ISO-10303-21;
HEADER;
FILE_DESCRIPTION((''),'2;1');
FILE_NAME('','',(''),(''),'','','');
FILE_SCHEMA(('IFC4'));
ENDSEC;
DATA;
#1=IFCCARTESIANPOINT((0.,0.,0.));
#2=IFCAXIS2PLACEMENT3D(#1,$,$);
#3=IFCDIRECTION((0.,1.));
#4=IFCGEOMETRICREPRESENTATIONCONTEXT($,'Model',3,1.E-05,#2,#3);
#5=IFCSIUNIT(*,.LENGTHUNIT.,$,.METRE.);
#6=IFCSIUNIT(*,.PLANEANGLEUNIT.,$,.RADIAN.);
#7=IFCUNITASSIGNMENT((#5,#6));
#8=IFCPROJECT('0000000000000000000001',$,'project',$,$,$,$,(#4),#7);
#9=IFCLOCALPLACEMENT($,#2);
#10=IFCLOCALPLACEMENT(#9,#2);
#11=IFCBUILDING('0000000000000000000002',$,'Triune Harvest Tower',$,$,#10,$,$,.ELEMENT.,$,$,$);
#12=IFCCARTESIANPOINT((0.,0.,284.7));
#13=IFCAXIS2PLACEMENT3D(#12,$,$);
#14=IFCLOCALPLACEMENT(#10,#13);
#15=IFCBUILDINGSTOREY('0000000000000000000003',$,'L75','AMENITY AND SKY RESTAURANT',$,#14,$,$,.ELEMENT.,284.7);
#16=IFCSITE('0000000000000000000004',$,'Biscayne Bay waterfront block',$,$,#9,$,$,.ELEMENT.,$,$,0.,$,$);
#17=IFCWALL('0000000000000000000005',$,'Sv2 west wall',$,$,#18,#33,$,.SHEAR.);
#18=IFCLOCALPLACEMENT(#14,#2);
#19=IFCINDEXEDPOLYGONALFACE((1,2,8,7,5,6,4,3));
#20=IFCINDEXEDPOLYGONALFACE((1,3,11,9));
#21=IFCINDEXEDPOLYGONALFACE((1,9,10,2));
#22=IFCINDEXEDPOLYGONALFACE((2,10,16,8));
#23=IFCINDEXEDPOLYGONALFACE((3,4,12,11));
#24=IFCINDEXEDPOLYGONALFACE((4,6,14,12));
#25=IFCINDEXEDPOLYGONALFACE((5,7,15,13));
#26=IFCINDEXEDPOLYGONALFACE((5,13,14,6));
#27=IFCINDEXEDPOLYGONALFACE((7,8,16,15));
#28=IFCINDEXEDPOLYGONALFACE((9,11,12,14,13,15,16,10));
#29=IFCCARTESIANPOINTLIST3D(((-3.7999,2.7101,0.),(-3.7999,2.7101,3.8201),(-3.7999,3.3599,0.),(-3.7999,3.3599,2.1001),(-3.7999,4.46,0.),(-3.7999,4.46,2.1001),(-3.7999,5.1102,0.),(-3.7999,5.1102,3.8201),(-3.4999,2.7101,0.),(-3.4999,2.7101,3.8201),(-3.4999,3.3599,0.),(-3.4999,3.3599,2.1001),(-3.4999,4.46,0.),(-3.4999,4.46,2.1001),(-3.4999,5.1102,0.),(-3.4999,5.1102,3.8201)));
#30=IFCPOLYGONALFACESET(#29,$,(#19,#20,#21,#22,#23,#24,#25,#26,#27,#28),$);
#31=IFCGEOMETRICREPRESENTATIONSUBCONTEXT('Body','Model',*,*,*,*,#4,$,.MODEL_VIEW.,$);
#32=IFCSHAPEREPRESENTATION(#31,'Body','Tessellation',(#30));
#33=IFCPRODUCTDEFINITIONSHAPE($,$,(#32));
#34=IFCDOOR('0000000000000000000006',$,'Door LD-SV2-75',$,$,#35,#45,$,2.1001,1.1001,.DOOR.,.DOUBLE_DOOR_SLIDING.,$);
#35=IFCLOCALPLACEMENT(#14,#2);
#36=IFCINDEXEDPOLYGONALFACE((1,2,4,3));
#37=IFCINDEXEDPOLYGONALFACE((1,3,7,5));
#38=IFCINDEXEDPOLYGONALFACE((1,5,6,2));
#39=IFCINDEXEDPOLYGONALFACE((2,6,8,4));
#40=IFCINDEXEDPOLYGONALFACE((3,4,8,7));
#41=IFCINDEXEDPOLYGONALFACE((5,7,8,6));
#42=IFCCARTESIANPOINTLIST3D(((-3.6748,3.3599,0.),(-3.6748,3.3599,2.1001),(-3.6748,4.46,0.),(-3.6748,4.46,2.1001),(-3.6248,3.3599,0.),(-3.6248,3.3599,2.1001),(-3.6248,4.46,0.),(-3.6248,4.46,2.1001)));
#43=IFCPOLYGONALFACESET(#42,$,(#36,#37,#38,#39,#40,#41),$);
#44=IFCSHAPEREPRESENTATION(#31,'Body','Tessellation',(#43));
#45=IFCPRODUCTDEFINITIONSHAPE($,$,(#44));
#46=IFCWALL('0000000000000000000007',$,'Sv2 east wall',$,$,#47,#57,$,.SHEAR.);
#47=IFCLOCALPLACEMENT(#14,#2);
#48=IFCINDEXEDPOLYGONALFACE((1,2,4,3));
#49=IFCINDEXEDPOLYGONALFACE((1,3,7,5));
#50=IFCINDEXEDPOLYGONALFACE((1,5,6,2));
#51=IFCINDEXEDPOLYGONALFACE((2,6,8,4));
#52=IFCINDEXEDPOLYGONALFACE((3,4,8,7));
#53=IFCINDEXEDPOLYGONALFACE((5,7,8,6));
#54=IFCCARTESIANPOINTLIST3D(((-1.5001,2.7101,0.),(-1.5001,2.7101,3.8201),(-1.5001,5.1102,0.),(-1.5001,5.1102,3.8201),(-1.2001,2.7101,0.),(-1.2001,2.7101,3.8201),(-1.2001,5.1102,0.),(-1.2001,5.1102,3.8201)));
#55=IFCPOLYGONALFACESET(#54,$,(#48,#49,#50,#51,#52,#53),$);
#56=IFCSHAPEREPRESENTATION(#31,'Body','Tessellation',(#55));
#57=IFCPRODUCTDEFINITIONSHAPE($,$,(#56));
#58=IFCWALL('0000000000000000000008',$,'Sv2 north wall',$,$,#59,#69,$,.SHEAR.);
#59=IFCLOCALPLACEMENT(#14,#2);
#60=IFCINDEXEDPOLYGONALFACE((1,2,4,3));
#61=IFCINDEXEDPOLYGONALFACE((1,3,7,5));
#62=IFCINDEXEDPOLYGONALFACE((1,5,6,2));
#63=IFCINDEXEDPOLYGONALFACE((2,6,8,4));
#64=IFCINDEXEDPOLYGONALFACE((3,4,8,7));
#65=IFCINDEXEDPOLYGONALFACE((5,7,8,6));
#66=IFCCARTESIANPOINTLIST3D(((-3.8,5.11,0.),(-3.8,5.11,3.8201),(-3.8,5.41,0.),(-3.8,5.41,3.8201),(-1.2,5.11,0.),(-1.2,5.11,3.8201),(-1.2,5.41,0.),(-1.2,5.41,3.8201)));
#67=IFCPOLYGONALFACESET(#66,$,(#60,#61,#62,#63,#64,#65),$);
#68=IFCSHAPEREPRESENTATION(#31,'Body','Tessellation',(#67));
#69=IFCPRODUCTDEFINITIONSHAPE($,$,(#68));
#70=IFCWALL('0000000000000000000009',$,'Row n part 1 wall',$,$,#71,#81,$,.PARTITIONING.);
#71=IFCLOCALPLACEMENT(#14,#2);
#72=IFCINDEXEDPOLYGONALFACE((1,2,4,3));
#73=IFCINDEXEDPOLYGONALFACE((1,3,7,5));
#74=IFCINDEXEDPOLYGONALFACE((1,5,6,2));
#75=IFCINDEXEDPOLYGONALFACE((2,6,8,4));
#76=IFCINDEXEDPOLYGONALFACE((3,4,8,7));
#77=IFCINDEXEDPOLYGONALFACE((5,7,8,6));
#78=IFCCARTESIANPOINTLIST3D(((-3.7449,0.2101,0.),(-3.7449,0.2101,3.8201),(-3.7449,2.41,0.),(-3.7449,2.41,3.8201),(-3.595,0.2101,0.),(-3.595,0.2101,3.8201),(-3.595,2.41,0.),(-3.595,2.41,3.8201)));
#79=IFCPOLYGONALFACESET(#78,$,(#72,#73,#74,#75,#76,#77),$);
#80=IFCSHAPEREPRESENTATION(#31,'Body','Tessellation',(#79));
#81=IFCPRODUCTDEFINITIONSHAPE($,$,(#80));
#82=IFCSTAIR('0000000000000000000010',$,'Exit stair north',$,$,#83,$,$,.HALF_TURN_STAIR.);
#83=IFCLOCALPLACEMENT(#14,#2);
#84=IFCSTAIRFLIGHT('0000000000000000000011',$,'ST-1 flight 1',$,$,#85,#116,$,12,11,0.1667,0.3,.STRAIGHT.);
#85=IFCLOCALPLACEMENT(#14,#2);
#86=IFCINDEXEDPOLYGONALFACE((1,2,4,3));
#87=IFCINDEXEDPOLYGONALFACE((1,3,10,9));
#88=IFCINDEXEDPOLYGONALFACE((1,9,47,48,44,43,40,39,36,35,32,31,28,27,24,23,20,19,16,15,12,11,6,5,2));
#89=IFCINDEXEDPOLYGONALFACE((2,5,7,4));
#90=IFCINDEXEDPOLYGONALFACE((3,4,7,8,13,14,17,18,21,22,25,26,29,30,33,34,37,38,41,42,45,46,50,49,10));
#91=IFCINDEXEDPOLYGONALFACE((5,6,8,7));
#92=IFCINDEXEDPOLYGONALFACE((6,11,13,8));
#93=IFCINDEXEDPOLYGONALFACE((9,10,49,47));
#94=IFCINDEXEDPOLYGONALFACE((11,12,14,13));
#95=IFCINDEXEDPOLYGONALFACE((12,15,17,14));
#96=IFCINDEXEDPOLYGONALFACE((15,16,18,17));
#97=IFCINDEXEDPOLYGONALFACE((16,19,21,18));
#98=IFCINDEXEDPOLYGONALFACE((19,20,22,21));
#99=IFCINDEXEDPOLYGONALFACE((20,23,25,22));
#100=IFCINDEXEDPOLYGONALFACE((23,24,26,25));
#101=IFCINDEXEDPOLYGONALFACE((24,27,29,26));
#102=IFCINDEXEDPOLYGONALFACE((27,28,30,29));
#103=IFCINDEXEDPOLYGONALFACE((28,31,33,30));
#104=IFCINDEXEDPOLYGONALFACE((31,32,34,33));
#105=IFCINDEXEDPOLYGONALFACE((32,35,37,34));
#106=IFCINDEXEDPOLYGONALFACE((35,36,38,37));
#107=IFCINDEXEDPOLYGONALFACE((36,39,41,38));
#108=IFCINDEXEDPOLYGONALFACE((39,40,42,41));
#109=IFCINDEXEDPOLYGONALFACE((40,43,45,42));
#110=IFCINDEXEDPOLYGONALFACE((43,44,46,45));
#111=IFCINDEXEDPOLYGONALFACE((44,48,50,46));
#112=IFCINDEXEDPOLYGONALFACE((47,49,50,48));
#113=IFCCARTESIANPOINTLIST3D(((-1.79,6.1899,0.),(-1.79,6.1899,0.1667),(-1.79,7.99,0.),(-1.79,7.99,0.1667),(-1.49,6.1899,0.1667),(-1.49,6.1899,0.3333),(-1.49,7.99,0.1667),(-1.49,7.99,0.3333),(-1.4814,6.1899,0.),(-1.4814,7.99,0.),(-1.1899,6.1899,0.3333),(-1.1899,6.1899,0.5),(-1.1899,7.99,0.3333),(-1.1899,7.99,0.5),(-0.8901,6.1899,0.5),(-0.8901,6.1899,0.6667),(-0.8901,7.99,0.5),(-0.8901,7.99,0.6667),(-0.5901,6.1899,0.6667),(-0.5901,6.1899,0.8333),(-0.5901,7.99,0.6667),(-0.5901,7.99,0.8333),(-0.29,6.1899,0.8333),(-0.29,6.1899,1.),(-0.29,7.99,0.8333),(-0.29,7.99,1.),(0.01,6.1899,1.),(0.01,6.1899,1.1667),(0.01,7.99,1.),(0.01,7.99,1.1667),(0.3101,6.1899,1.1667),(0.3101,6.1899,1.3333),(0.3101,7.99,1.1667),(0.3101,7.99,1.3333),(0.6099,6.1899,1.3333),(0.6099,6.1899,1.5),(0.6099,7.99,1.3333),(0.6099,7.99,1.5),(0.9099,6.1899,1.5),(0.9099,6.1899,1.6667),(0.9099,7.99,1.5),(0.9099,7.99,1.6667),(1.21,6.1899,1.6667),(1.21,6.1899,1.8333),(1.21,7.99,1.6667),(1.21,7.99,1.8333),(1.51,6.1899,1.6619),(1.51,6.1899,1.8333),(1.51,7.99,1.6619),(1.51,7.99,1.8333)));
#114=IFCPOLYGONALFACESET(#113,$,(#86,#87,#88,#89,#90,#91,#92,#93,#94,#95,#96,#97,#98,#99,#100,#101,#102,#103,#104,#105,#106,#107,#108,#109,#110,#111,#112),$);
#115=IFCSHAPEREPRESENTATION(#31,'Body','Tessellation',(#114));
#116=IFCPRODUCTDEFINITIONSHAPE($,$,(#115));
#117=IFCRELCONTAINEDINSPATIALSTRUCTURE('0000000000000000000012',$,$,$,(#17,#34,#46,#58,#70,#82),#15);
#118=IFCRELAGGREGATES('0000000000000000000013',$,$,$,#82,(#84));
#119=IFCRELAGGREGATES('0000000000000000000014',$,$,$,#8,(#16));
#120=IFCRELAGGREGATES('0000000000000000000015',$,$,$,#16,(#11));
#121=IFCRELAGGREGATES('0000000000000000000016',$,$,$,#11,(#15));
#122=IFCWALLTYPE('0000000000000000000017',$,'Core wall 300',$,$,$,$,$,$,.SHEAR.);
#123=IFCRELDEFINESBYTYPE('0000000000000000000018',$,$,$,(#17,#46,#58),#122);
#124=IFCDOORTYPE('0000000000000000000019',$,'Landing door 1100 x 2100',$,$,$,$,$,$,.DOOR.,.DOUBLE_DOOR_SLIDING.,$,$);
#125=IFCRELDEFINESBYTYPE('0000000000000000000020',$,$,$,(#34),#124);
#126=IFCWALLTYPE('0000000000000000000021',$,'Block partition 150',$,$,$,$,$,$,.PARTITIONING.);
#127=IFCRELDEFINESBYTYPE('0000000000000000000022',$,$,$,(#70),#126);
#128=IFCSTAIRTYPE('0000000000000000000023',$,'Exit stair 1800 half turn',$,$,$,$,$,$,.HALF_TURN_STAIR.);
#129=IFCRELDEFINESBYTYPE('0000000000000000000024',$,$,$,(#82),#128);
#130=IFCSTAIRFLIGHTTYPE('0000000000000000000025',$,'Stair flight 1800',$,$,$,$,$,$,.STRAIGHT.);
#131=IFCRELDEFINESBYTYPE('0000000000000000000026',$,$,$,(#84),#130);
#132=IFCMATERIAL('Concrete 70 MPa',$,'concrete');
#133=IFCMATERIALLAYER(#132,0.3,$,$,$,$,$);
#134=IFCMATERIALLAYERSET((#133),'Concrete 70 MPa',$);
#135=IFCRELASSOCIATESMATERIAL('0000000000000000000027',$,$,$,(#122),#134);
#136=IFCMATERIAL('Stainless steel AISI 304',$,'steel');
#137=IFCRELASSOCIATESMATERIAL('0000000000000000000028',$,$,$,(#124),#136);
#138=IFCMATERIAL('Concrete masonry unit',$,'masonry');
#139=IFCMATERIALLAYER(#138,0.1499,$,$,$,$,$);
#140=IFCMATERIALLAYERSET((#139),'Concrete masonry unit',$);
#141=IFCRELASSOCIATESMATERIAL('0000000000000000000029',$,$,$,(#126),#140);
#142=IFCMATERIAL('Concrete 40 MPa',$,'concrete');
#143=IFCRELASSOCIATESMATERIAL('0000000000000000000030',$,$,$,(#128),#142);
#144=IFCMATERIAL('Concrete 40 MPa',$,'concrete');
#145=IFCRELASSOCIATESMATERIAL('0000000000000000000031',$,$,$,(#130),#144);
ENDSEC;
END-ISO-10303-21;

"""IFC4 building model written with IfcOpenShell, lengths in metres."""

from ifc_helpers import new_model, si_unit, direction, frame, frame_2d, origin, place, context, subcontext, project, spatial, polyline, rectangle, outline, extrude, source, transform, mapped, material, layer, layer_set, type_object, element, fill, aggregate, save


model = new_model("IFC4")

# Units and contexts
model_context = context("Model", 3, precision=1e-05, world=origin(), true_north=direction((0.0, 1.0)))
body_context = subcontext(model_context, "Body", "Model", "MODEL_VIEW")
ifc_project = project(units=[si_unit("LENGTHUNIT", "METRE"), si_unit("PLANEANGLEUNIT", "RADIAN")], contexts=[model_context])

# Site, building, storey
site_placement = place(None, origin())
site = spatial("IfcSite", under=ifc_project, at=site_placement, Name="Biscayne Bay waterfront block", CompositionType="ELEMENT", RefElevation=0.0)
building_placement = place(site_placement, origin())
building = spatial("IfcBuilding", under=site, at=building_placement, Name="Triune Harvest Tower", CompositionType="ELEMENT")
storey_placement = place(building_placement, frame((0.0, 0.0, 284.7)))
storey = spatial("IfcBuildingStorey", under=building, at=storey_placement, Name="L75", Description="AMENITY AND SKY RESTAURANT", CompositionType="ELEMENT", Elevation=284.7)

# Shared definitions
ifc_material_1 = material(Name="Concrete 70 MPa", Category="concrete")
ifc_layer_1 = layer(ifc_material_1, 0.3)
ifc_layer_set_1 = layer_set([ifc_layer_1], Name="Concrete 70 MPa")
wall_type_1 = type_object("IfcWallType", Name="Core wall 300", PredefinedType="SHEAR", material=ifc_layer_set_1)

# Shared definitions
shared_shape_1 = source(origin(), body_context, "Body", "SweptSolid", [
    extrude(rectangle(XDim=2.4001, YDim=0.3, at=frame_2d((1.2002, 0.0))), origin(), (0.0, 0.0, 1.0), 3.8201),
])

# Wall, opening, door
ifc_material_2 = material(Name="Stainless steel AISI 304", Category="steel")
door_type_1 = type_object("IfcDoorType", Name="Landing door 1100 x 2100", OperationType="DOUBLE_DOOR_SLIDING", PredefinedType="DOOR", material=ifc_material_2)
wall_1_placement = place(storey_placement, frame((-3.6499, 2.71, 0.0), z_axis=(0.0, 0.0, 1.0), x_axis=(0.0, 1.0, 0.0)))
wall_1 = element("IfcWall", 1, at=wall_1_placement, inside=storey, type_object=wall_type_1, Name="Sv2 west wall", PredefinedType="SHEAR", context=body_context, shape_type="MappedRepresentation", body=[
    mapped(shared_shape_1, transform((0.0, 0.0, 0.0), scale=1.0)),
])
opening_1_placement = place(wall_1_placement, frame((0.6499, 0.0, 0.0)))
opening_1 = element("IfcOpeningElement", 2, at=opening_1_placement, cuts=wall_1, PredefinedType="OPENING", context=body_context, shape_type="SweptSolid", body=[
    extrude(rectangle(XDim=1.1001, YDim=2.1001, at=frame_2d((0.55, 1.05))), frame((0.0, 0.1602, 0.0), z_axis=(0.0, -1.0, 0.0), x_axis=(1.0, 0.0, 0.0)), (0.0, 0.0, 1.0), 0.3201),
])
door_1_placement = place(opening_1_placement, origin())
door_1 = element("IfcDoor", 3, at=door_1_placement, inside=storey, type_object=door_type_1, Name="Door LD-SV2-75", OperationType="DOUBLE_DOOR_SLIDING", OverallHeight=2.1001, OverallWidth=1.1001, PredefinedType="DOOR", context=body_context, shape_type="SweptSolid", body=[
    extrude(rectangle(XDim=1.1001, YDim=2.1001, at=frame_2d((0.55, 1.05))), frame((0.0, 0.0249, 0.0), z_axis=(0.0, -1.0, 0.0), x_axis=(1.0, 0.0, 0.0)), (0.0, 0.0, 1.0), 0.05),
])
fill(opening_1, door_1)

# Walls
wall_2_placement = place(storey_placement, frame((-1.3501, 2.71, 0.0), z_axis=(0.0, 0.0, 1.0), x_axis=(0.0, 1.0, 0.0)))
element("IfcWall", 4, at=wall_2_placement, inside=storey, type_object=wall_type_1, Name="Sv2 east wall", PredefinedType="SHEAR", context=body_context, shape_type="MappedRepresentation", body=[
    mapped(shared_shape_1, transform((0.0, 0.0, 0.0), scale=1.0)),
])
shared_shape_2 = source(origin(), body_context, "Body", "SweptSolid", [
    extrude(rectangle(XDim=2.6001, YDim=0.3, at=frame_2d((1.3, 0.0))), origin(), (0.0, 0.0, 1.0), 3.8201),
])
wall_3_placement = place(storey_placement, frame((-3.8, 5.26, 0.0), z_axis=(0.0, 0.0, 1.0), x_axis=(1.0, 0.0, 0.0)))
element("IfcWall", 5, at=wall_3_placement, inside=storey, type_object=wall_type_1, Name="Sv2 north wall", PredefinedType="SHEAR", context=body_context, shape_type="MappedRepresentation", body=[
    mapped(shared_shape_2, transform((0.0, 0.0, 0.0), scale=1.0)),
])
ifc_material_3 = material(Name="Concrete masonry unit", Category="masonry")
ifc_layer_2 = layer(ifc_material_3, 0.1499)
ifc_layer_set_2 = layer_set([ifc_layer_2], Name="Concrete masonry unit")
wall_type_2 = type_object("IfcWallType", Name="Block partition 150", PredefinedType="PARTITIONING", material=ifc_layer_set_2)
shared_shape_3 = source(origin(), body_context, "Body", "SweptSolid", [
    extrude(rectangle(XDim=2.2, YDim=0.1499, at=frame_2d((1.1001, 0.0))), origin(), (0.0, 0.0, 1.0), 3.8201),
])
wall_4_placement = place(storey_placement, frame((-3.6699, 0.21, 0.0), z_axis=(0.0, 0.0, 1.0), x_axis=(0.0, 1.0, 0.0)))
element("IfcWall", 6, at=wall_4_placement, inside=storey, type_object=wall_type_2, Name="Row n part 1 wall", PredefinedType="PARTITIONING", context=body_context, shape_type="MappedRepresentation", body=[
    mapped(shared_shape_3, transform((0.0, 0.0, 0.0), scale=1.0)),
])

# Stair, stair flight
ifc_material_4 = material(Name="Concrete 40 MPa", Category="concrete")
stair_type = type_object("IfcStairType", Name="Exit stair 1800 half turn", PredefinedType="HALF_TURN_STAIR", material=ifc_material_4)
stair_placement = place(storey_placement, origin())
stair = element("IfcStair", 7, at=stair_placement, inside=storey, type_object=stair_type, Name="Exit stair north", PredefinedType="HALF_TURN_STAIR")
ifc_material_5 = material(Name="Concrete 40 MPa", Category="concrete")
stair_flight_type = type_object("IfcStairFlightType", Name="Stair flight 1800", PredefinedType="STRAIGHT", material=ifc_material_5)
shared_shape_4 = source(origin(), body_context, "Body", "SweptSolid", [
    extrude(outline(polyline([(0.0, 0.0), (0.0, 0.1667), (0.3, 0.1667), (0.3, 0.3333), (0.6001, 0.3333), (0.6001, 0.5), (0.8999, 0.5), (0.8999, 0.6667), (1.2, 0.6667), (1.2, 0.8333), (1.5, 0.8333), (1.5, 1.0), (1.8, 1.0), (1.8, 1.1667), (2.1001, 1.1667), (2.1001, 1.3333), (2.3999, 1.3333), (2.3999, 1.5), (2.7, 1.5), (2.7, 1.6667), (3.0, 1.6667), (3.0, 1.8333), (3.3, 1.8333), (3.3, 2.0), (3.3, 1.6619), (0.3086, 0.0), (0.0, 0.0)])), frame((0.0, 0.8999, 0.0), z_axis=(0.0, -1.0, 0.0), x_axis=(1.0, 0.0, 0.0)), (0.0, 0.0, 1.0), 1.8),
])
stair_flight_placement = place(storey_placement, frame((-1.79, 7.0901, 0.0), z_axis=(0.0, 0.0, 1.0), x_axis=(1.0, 0.0, 0.0)))
stair_flight = element("IfcStairFlight", 8, at=stair_flight_placement, type_object=stair_flight_type, Name="ST-1 flight 1", NumberOfRisers=12, NumberOfTreads=11, PredefinedType="STRAIGHT", RiserHeight=0.1667, TreadLength=0.3, context=body_context, shape_type="MappedRepresentation", body=[
    mapped(shared_shape_4, transform((0.0, 0.0, 0.0), scale=1.0)),
])
aggregate(stair, [stair_flight])

save(model, "model.ifc")
